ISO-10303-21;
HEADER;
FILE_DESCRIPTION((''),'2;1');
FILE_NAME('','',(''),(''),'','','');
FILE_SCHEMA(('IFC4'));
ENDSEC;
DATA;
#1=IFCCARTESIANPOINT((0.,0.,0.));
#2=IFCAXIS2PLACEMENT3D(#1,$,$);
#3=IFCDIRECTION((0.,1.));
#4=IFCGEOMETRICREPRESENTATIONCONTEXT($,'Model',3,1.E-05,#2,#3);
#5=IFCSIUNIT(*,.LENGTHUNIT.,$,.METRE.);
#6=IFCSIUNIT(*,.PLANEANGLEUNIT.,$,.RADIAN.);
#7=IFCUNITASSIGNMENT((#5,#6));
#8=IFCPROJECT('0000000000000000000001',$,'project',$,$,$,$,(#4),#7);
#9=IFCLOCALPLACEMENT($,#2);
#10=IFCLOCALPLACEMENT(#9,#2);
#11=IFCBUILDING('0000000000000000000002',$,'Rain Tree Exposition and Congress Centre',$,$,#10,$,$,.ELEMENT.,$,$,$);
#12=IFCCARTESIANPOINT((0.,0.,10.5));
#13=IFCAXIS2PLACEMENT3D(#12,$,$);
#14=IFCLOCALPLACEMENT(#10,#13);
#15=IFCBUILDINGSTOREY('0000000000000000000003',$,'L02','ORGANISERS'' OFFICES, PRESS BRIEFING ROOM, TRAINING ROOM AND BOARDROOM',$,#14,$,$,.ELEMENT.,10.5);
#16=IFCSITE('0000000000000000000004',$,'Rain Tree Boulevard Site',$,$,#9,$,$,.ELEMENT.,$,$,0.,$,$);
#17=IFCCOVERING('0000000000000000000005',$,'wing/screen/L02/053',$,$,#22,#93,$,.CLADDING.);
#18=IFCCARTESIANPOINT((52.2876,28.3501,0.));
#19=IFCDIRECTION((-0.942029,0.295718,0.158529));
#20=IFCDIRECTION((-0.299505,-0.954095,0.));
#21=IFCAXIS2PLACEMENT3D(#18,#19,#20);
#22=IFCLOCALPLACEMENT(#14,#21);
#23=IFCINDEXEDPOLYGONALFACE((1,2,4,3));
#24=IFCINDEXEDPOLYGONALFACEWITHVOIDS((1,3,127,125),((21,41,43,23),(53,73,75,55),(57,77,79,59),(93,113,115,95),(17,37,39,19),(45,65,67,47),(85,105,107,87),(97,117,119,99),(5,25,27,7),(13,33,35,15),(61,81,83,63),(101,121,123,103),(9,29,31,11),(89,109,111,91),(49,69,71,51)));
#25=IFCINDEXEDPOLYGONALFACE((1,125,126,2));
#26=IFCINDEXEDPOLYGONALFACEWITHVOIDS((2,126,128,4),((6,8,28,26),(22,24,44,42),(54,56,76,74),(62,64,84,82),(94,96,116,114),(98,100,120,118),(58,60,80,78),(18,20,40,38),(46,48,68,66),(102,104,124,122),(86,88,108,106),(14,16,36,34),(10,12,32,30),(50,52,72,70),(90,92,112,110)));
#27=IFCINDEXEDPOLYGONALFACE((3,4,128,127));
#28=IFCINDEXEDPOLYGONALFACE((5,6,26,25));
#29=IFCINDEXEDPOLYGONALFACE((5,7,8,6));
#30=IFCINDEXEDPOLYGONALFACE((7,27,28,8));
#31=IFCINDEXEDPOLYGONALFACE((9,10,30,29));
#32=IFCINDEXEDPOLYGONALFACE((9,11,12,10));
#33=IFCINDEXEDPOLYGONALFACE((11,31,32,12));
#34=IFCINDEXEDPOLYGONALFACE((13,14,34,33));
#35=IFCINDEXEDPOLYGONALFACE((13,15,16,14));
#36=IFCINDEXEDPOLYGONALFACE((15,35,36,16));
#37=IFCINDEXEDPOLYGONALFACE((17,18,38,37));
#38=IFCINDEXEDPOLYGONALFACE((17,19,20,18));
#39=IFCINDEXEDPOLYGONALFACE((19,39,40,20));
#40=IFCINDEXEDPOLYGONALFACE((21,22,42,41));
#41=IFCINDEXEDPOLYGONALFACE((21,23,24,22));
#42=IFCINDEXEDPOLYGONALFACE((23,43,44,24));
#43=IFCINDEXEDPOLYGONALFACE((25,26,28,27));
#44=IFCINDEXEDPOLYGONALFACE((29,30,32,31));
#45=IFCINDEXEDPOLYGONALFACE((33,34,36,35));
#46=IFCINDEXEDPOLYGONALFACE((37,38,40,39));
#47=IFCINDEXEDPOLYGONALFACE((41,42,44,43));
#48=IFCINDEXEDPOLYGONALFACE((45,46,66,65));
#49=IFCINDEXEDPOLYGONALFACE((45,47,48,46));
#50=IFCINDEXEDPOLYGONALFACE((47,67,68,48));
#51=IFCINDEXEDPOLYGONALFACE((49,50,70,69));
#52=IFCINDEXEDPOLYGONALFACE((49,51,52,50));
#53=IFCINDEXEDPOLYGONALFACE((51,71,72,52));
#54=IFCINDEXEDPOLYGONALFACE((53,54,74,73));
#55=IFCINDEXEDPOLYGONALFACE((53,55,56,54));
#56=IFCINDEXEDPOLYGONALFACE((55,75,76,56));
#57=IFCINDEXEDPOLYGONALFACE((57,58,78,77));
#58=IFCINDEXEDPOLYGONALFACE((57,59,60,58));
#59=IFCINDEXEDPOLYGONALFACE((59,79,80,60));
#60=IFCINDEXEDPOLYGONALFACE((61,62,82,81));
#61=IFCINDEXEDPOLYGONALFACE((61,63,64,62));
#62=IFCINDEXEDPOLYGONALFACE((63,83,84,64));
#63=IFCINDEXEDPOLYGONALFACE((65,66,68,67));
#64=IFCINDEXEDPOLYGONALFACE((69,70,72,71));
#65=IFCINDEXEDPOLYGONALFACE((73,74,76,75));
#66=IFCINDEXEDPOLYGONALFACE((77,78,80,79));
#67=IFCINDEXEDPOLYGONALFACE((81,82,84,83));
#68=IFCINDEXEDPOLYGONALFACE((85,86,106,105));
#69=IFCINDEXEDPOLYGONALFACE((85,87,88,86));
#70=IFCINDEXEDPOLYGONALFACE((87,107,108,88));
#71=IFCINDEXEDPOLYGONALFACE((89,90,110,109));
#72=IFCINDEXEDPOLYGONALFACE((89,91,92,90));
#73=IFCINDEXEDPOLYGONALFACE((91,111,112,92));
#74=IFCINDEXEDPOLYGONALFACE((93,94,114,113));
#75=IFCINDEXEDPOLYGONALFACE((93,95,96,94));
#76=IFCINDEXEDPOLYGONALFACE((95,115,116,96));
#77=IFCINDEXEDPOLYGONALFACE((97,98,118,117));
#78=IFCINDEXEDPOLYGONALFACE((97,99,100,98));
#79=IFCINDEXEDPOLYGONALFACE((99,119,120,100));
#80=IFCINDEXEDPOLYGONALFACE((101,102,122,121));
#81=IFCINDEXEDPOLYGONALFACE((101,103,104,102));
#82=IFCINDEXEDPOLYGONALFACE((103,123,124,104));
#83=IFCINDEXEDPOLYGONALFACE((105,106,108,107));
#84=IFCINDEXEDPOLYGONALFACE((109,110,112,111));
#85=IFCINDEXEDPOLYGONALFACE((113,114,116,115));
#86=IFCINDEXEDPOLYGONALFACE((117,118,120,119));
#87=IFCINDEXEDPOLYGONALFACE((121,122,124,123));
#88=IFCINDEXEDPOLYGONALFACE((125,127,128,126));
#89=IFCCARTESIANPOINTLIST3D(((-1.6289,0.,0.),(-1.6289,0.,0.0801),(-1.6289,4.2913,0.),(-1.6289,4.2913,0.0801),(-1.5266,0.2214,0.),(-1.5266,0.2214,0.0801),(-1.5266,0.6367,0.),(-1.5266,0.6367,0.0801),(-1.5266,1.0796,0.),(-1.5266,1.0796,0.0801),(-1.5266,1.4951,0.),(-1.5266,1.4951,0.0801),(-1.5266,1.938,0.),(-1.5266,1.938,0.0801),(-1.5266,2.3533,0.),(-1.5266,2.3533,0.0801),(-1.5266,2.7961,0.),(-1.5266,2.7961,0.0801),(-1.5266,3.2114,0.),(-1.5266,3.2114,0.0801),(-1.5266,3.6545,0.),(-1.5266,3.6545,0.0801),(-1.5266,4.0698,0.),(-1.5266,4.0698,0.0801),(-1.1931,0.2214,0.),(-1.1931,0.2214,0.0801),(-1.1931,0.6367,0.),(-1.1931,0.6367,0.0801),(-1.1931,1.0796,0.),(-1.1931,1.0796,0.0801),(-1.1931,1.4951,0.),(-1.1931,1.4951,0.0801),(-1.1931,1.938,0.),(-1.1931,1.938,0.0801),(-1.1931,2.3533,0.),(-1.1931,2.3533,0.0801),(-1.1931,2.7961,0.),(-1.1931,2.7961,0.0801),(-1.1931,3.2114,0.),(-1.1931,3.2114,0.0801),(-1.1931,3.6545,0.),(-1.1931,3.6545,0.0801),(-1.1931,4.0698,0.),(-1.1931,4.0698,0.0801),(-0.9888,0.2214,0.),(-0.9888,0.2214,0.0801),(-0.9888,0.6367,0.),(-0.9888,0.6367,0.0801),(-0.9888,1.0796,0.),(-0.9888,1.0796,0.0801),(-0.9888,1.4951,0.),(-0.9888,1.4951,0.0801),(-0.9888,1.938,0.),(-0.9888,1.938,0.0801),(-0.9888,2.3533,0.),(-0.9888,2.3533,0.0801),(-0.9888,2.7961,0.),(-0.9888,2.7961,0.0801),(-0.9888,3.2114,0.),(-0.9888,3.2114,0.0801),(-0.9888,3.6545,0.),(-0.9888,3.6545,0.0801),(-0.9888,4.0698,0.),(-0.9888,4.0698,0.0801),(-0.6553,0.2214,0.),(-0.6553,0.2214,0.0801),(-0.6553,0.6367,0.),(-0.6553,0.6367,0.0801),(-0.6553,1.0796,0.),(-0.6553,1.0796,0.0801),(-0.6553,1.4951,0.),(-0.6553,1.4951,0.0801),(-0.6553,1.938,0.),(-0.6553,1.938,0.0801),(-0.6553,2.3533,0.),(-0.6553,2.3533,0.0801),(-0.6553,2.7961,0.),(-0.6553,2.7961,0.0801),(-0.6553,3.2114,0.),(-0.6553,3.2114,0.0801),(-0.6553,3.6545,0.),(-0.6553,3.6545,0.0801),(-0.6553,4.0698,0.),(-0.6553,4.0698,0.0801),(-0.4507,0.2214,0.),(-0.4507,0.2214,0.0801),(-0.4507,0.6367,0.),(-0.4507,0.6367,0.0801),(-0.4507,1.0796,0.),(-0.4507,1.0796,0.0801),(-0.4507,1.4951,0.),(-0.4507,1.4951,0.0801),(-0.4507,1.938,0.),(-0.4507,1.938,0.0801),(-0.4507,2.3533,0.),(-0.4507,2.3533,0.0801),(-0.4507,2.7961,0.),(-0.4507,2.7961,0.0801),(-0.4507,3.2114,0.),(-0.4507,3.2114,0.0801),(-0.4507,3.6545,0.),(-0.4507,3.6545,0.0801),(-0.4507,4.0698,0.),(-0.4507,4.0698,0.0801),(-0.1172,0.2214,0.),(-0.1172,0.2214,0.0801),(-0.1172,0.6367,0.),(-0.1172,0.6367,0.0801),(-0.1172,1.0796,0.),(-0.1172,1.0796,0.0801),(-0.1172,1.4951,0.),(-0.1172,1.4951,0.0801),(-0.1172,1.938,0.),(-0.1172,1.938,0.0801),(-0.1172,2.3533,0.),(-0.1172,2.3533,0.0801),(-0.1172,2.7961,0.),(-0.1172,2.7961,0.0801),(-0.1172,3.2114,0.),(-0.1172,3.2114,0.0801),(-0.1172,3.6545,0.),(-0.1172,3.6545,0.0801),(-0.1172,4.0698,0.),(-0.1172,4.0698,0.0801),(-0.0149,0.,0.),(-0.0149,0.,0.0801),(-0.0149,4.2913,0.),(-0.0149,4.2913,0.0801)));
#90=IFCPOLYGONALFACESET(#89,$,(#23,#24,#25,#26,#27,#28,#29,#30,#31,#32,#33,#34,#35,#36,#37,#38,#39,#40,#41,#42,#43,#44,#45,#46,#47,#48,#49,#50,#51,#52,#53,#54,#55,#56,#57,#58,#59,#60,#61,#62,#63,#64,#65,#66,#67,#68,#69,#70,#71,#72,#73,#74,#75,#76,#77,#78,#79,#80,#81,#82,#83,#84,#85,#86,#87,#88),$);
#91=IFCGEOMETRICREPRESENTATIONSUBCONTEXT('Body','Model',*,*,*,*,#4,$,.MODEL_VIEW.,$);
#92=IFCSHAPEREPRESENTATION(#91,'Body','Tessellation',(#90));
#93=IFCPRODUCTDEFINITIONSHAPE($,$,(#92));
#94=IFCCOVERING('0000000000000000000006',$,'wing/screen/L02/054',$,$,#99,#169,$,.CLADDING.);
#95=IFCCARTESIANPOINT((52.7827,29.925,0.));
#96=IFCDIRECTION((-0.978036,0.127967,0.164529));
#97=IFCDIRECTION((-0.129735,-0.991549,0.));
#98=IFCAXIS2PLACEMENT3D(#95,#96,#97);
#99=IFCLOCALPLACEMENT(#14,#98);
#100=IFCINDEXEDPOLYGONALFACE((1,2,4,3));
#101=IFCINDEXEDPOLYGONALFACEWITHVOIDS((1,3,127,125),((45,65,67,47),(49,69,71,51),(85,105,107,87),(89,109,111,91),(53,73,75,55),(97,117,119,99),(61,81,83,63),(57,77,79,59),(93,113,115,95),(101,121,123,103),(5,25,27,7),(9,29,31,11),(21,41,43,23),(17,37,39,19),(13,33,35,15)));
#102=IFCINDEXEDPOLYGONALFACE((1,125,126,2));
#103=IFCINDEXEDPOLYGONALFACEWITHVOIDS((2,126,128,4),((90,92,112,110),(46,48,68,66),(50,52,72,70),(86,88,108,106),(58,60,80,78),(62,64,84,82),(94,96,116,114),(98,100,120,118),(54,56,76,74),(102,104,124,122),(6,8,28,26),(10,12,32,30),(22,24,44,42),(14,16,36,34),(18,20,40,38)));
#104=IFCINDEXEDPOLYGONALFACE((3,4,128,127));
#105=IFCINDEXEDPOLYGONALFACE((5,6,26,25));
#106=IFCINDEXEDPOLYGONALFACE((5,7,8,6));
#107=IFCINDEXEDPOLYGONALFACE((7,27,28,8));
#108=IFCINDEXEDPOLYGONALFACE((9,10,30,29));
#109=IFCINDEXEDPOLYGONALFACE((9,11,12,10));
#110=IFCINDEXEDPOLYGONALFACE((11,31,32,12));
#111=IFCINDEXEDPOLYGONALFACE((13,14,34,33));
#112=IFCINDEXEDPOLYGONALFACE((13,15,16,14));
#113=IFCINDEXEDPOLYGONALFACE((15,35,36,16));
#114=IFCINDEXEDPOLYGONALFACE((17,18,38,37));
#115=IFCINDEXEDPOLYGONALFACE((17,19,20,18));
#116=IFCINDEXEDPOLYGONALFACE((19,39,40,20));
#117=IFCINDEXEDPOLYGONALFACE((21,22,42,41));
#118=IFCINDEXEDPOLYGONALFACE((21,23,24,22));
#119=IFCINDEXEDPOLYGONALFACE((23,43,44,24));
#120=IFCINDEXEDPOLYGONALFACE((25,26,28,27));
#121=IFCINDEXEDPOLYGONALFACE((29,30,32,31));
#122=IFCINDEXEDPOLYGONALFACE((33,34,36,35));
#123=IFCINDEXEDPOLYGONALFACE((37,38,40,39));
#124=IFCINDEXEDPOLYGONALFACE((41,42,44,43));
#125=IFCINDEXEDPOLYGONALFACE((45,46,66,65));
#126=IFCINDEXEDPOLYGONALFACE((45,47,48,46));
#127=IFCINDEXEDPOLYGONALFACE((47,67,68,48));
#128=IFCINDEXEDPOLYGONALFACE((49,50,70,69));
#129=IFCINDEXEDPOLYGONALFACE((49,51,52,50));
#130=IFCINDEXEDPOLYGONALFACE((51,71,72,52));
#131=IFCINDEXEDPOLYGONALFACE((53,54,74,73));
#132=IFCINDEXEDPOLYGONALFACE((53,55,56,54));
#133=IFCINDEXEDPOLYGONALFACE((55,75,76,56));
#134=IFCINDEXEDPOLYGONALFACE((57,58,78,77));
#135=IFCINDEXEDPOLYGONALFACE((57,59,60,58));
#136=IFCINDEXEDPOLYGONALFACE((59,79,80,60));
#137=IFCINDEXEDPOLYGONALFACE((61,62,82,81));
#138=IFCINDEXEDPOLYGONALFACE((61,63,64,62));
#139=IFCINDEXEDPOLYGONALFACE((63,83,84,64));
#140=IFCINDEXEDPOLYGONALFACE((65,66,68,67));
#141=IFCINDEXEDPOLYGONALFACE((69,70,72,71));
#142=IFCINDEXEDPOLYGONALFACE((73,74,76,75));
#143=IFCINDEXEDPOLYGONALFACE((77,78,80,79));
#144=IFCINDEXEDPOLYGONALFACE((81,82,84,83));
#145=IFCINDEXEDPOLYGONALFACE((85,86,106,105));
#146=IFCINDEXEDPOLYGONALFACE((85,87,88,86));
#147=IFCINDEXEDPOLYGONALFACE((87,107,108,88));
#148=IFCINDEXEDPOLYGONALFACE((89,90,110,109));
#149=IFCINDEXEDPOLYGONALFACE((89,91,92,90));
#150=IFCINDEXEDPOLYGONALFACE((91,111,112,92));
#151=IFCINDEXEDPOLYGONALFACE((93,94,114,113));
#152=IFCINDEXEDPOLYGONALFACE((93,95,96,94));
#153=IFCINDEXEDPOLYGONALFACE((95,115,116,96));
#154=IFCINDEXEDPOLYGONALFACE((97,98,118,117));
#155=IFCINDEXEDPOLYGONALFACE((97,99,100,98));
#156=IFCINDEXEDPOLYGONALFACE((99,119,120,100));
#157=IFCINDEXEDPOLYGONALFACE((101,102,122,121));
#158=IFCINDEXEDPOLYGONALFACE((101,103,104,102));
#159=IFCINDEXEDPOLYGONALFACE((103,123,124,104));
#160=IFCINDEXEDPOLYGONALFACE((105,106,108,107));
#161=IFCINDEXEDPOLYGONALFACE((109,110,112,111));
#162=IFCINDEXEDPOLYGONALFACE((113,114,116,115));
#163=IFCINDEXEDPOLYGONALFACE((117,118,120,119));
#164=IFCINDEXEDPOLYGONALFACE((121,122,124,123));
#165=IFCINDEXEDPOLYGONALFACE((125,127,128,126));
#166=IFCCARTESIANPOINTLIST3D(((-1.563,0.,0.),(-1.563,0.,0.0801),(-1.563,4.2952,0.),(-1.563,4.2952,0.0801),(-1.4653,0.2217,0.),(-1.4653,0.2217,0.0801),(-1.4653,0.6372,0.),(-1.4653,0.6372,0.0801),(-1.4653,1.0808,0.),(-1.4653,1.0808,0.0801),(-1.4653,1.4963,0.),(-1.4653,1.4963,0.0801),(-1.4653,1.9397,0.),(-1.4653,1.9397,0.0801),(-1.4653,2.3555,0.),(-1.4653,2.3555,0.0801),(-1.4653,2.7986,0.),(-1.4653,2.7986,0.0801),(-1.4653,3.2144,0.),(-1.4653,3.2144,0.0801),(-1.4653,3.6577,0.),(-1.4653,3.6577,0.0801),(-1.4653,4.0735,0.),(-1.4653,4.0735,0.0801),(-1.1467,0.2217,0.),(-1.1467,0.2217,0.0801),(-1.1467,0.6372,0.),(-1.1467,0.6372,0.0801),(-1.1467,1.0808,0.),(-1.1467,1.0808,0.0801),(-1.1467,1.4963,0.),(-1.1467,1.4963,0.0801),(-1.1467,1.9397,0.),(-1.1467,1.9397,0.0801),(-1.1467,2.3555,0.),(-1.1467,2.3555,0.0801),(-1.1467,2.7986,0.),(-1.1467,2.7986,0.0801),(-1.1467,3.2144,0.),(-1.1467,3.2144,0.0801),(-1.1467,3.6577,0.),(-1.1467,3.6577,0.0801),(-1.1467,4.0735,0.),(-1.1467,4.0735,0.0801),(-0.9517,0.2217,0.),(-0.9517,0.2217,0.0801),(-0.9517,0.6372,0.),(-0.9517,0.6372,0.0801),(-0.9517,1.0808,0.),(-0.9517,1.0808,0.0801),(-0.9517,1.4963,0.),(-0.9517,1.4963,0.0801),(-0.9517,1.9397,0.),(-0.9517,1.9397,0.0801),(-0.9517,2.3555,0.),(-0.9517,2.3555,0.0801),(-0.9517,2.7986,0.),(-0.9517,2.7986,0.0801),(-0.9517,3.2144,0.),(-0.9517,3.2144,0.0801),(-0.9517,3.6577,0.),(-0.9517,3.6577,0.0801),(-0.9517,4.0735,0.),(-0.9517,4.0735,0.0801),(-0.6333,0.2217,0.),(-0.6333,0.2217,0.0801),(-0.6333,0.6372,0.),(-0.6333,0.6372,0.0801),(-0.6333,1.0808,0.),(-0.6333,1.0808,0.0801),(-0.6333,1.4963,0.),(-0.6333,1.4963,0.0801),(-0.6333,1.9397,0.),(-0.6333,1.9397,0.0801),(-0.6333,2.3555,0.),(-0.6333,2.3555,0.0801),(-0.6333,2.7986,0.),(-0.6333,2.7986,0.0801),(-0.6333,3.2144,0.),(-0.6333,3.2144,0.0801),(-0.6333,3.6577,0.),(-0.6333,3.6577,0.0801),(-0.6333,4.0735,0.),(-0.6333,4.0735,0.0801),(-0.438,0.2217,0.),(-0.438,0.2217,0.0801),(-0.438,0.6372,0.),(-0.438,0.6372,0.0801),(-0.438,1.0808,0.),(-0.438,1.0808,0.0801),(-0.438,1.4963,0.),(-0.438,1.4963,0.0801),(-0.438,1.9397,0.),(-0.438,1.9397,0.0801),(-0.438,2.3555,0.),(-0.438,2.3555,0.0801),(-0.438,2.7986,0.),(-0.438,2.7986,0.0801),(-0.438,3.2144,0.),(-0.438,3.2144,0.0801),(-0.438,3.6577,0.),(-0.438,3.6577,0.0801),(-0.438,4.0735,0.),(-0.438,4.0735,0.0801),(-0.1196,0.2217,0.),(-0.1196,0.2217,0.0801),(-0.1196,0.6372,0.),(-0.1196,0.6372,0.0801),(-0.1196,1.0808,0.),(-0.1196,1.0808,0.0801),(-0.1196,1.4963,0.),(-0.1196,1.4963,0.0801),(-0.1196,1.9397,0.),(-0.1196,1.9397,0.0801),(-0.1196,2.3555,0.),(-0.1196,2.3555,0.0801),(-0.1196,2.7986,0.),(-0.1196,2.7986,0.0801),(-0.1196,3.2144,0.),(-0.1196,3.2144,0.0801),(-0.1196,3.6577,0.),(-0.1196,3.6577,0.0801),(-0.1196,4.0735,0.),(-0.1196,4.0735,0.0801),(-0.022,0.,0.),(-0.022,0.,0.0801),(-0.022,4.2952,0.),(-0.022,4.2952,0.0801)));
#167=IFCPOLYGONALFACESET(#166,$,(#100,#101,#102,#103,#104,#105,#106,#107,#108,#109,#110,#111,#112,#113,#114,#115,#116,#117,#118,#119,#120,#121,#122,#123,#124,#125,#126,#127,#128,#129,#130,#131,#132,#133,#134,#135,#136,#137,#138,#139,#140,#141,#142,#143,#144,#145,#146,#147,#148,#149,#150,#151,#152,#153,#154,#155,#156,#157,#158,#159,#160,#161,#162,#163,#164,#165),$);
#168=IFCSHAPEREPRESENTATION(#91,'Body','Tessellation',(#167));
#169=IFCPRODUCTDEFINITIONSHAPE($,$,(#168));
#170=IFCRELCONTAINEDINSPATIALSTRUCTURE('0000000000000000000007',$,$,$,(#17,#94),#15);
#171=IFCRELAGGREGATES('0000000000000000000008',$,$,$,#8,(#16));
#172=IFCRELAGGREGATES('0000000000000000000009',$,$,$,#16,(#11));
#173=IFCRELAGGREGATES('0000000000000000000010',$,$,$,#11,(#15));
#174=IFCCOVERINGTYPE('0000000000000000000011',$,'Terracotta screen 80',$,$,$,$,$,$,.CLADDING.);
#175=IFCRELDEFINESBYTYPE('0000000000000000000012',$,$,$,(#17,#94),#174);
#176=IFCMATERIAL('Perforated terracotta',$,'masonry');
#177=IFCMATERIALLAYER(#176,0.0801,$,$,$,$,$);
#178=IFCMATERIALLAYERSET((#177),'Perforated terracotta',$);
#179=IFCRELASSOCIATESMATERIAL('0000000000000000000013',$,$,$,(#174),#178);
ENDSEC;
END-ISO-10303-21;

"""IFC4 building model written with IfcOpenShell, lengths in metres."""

from ifc_helpers import new_model, si_unit, direction, frame, origin, place, context, subcontext, project, spatial, polyline, outline, extrude, material, layer, layer_set, type_object, element, save


model = new_model("IFC4")

# Units and contexts
model_context = context("Model", 3, precision=1e-05, world=origin(), true_north=direction((0.0, 1.0)))
body_context = subcontext(model_context, "Body", "Model", "MODEL_VIEW")
ifc_project = project(units=[si_unit("LENGTHUNIT", "METRE"), si_unit("PLANEANGLEUNIT", "RADIAN")], contexts=[model_context])

# Site, building, storey
site_placement = place(None, origin())
site = spatial("IfcSite", under=ifc_project, at=site_placement, Name="Rain Tree Boulevard Site", CompositionType="ELEMENT", RefElevation=0.0)
building_placement = place(site_placement, origin())
building = spatial("IfcBuilding", under=site, at=building_placement, Name="Rain Tree Exposition and Congress Centre", CompositionType="ELEMENT")
storey_placement = place(building_placement, frame((0.0, 0.0, 10.5)))
storey = spatial("IfcBuildingStorey", under=building, at=storey_placement, Name="L02", Description="ORGANISERS' OFFICES, PRESS BRIEFING ROOM, TRAINING ROOM AND BOARDROOM", CompositionType="ELEMENT", Elevation=10.5)

# Coverings
ifc_material_1 = material(Name="Perforated terracotta", Category="masonry")
ifc_layer_1 = layer(ifc_material_1, 0.0801)
ifc_layer_set_1 = layer_set([ifc_layer_1], Name="Perforated terracotta")
covering_type = type_object("IfcCoveringType", Name="Terracotta screen 80", PredefinedType="CLADDING", material=ifc_layer_set_1)
covering_1_placement = place(storey_placement, frame((52.2876, 28.3501, 0.0), z_axis=(-0.942029, 0.295718, 0.158529), x_axis=(-0.299505, -0.954095, 0.0)))
element("IfcCovering", 1, at=covering_1_placement, inside=storey, type_object=covering_type, Name="wing/screen/L02/053", PredefinedType="CLADDING", context=body_context, shape_type="SweptSolid", body=[
    extrude(outline(polyline([(-1.6289, 0.0), (-1.6289, 4.2913), (-0.0149, 4.2913), (-0.0149, 0.0), (-1.6289, 0.0)]), holes=[polyline([(-0.1172, 0.2214), (-0.1172, 0.6367), (-0.4507, 0.6367), (-0.4507, 0.2214), (-0.1172, 0.2214)]), polyline([(-0.1172, 1.0796), (-0.1172, 1.4951), (-0.4507, 1.4951), (-0.4507, 1.0796), (-0.1172, 1.0796)]), polyline([(-0.1172, 1.938), (-0.1172, 2.3533), (-0.4507, 2.3533), (-0.4507, 1.938), (-0.1172, 1.938)]), polyline([(-0.1172, 2.7961), (-0.1172, 3.2114), (-0.4507, 3.2114), (-0.4507, 2.7961), (-0.1172, 2.7961)]), polyline([(-0.1172, 3.6545), (-0.1172, 4.0698), (-0.4507, 4.0698), (-0.4507, 3.6545), (-0.1172, 3.6545)]), polyline([(-0.6553, 0.2214), (-0.6553, 0.6367), (-0.9888, 0.6367), (-0.9888, 0.2214), (-0.6553, 0.2214)]), polyline([(-0.6553, 1.0796), (-0.6553, 1.4951), (-0.9888, 1.4951), (-0.9888, 1.0796), (-0.6553, 1.0796)]), polyline([(-0.6553, 1.938), (-0.6553, 2.3533), (-0.9888, 2.3533), (-0.9888, 1.938), (-0.6553, 1.938)]), polyline([(-0.6553, 2.7961), (-0.6553, 3.2114), (-0.9888, 3.2114), (-0.9888, 2.7961), (-0.6553, 2.7961)]), polyline([(-0.6553, 3.6545), (-0.6553, 4.0698), (-0.9888, 4.0698), (-0.9888, 3.6545), (-0.6553, 3.6545)]), polyline([(-1.1931, 0.2214), (-1.1931, 0.6367), (-1.5266, 0.6367), (-1.5266, 0.2214), (-1.1931, 0.2214)]), polyline([(-1.1931, 1.0796), (-1.1931, 1.4951), (-1.5266, 1.4951), (-1.5266, 1.0796), (-1.1931, 1.0796)]), polyline([(-1.1931, 1.938), (-1.1931, 2.3533), (-1.5266, 2.3533), (-1.5266, 1.938), (-1.1931, 1.938)]), polyline([(-1.1931, 2.7961), (-1.1931, 3.2114), (-1.5266, 3.2114), (-1.5266, 2.7961), (-1.1931, 2.7961)]), polyline([(-1.1931, 3.6545), (-1.1931, 4.0698), (-1.5266, 4.0698), (-1.5266, 3.6545), (-1.1931, 3.6545)])]), origin(), (0.0, 0.0, 1.0), 0.0801),
])
covering_2_placement = place(storey_placement, frame((52.7827, 29.925, 0.0), z_axis=(-0.978036, 0.127967, 0.164529), x_axis=(-0.129735, -0.991549, 0.0)))
element("IfcCovering", 2, at=covering_2_placement, inside=storey, type_object=covering_type, Name="wing/screen/L02/054", PredefinedType="CLADDING", context=body_context, shape_type="SweptSolid", body=[
    extrude(outline(polyline([(-1.563, 0.0), (-1.563, 4.2952), (-0.022, 4.2952), (-0.022, 0.0), (-1.563, 0.0)]), holes=[polyline([(-0.1196, 0.2217), (-0.1196, 0.6372), (-0.438, 0.6372), (-0.438, 0.2217), (-0.1196, 0.2217)]), polyline([(-0.1196, 1.0808), (-0.1196, 1.4963), (-0.438, 1.4963), (-0.438, 1.0808), (-0.1196, 1.0808)]), polyline([(-0.1196, 1.9397), (-0.1196, 2.3555), (-0.438, 2.3555), (-0.438, 1.9397), (-0.1196, 1.9397)]), polyline([(-0.1196, 2.7986), (-0.1196, 3.2144), (-0.438, 3.2144), (-0.438, 2.7986), (-0.1196, 2.7986)]), polyline([(-0.1196, 3.6577), (-0.1196, 4.0735), (-0.438, 4.0735), (-0.438, 3.6577), (-0.1196, 3.6577)]), polyline([(-0.6333, 0.2217), (-0.6333, 0.6372), (-0.9517, 0.6372), (-0.9517, 0.2217), (-0.6333, 0.2217)]), polyline([(-0.6333, 1.0808), (-0.6333, 1.4963), (-0.9517, 1.4963), (-0.9517, 1.0808), (-0.6333, 1.0808)]), polyline([(-0.6333, 1.9397), (-0.6333, 2.3555), (-0.9517, 2.3555), (-0.9517, 1.9397), (-0.6333, 1.9397)]), polyline([(-0.6333, 2.7986), (-0.6333, 3.2144), (-0.9517, 3.2144), (-0.9517, 2.7986), (-0.6333, 2.7986)]), polyline([(-0.6333, 3.6577), (-0.6333, 4.0735), (-0.9517, 4.0735), (-0.9517, 3.6577), (-0.6333, 3.6577)]), polyline([(-1.1467, 0.2217), (-1.1467, 0.6372), (-1.4653, 0.6372), (-1.4653, 0.2217), (-1.1467, 0.2217)]), polyline([(-1.1467, 1.0808), (-1.1467, 1.4963), (-1.4653, 1.4963), (-1.4653, 1.0808), (-1.1467, 1.0808)]), polyline([(-1.1467, 1.9397), (-1.1467, 2.3555), (-1.4653, 2.3555), (-1.4653, 1.9397), (-1.1467, 1.9397)]), polyline([(-1.1467, 2.7986), (-1.1467, 3.2144), (-1.4653, 3.2144), (-1.4653, 2.7986), (-1.1467, 2.7986)]), polyline([(-1.1467, 3.6577), (-1.1467, 4.0735), (-1.4653, 4.0735), (-1.4653, 3.6577), (-1.1467, 3.6577)])]), origin(), (0.0, 0.0, 1.0), 0.0801),
])

save(model, "model.ifc")
